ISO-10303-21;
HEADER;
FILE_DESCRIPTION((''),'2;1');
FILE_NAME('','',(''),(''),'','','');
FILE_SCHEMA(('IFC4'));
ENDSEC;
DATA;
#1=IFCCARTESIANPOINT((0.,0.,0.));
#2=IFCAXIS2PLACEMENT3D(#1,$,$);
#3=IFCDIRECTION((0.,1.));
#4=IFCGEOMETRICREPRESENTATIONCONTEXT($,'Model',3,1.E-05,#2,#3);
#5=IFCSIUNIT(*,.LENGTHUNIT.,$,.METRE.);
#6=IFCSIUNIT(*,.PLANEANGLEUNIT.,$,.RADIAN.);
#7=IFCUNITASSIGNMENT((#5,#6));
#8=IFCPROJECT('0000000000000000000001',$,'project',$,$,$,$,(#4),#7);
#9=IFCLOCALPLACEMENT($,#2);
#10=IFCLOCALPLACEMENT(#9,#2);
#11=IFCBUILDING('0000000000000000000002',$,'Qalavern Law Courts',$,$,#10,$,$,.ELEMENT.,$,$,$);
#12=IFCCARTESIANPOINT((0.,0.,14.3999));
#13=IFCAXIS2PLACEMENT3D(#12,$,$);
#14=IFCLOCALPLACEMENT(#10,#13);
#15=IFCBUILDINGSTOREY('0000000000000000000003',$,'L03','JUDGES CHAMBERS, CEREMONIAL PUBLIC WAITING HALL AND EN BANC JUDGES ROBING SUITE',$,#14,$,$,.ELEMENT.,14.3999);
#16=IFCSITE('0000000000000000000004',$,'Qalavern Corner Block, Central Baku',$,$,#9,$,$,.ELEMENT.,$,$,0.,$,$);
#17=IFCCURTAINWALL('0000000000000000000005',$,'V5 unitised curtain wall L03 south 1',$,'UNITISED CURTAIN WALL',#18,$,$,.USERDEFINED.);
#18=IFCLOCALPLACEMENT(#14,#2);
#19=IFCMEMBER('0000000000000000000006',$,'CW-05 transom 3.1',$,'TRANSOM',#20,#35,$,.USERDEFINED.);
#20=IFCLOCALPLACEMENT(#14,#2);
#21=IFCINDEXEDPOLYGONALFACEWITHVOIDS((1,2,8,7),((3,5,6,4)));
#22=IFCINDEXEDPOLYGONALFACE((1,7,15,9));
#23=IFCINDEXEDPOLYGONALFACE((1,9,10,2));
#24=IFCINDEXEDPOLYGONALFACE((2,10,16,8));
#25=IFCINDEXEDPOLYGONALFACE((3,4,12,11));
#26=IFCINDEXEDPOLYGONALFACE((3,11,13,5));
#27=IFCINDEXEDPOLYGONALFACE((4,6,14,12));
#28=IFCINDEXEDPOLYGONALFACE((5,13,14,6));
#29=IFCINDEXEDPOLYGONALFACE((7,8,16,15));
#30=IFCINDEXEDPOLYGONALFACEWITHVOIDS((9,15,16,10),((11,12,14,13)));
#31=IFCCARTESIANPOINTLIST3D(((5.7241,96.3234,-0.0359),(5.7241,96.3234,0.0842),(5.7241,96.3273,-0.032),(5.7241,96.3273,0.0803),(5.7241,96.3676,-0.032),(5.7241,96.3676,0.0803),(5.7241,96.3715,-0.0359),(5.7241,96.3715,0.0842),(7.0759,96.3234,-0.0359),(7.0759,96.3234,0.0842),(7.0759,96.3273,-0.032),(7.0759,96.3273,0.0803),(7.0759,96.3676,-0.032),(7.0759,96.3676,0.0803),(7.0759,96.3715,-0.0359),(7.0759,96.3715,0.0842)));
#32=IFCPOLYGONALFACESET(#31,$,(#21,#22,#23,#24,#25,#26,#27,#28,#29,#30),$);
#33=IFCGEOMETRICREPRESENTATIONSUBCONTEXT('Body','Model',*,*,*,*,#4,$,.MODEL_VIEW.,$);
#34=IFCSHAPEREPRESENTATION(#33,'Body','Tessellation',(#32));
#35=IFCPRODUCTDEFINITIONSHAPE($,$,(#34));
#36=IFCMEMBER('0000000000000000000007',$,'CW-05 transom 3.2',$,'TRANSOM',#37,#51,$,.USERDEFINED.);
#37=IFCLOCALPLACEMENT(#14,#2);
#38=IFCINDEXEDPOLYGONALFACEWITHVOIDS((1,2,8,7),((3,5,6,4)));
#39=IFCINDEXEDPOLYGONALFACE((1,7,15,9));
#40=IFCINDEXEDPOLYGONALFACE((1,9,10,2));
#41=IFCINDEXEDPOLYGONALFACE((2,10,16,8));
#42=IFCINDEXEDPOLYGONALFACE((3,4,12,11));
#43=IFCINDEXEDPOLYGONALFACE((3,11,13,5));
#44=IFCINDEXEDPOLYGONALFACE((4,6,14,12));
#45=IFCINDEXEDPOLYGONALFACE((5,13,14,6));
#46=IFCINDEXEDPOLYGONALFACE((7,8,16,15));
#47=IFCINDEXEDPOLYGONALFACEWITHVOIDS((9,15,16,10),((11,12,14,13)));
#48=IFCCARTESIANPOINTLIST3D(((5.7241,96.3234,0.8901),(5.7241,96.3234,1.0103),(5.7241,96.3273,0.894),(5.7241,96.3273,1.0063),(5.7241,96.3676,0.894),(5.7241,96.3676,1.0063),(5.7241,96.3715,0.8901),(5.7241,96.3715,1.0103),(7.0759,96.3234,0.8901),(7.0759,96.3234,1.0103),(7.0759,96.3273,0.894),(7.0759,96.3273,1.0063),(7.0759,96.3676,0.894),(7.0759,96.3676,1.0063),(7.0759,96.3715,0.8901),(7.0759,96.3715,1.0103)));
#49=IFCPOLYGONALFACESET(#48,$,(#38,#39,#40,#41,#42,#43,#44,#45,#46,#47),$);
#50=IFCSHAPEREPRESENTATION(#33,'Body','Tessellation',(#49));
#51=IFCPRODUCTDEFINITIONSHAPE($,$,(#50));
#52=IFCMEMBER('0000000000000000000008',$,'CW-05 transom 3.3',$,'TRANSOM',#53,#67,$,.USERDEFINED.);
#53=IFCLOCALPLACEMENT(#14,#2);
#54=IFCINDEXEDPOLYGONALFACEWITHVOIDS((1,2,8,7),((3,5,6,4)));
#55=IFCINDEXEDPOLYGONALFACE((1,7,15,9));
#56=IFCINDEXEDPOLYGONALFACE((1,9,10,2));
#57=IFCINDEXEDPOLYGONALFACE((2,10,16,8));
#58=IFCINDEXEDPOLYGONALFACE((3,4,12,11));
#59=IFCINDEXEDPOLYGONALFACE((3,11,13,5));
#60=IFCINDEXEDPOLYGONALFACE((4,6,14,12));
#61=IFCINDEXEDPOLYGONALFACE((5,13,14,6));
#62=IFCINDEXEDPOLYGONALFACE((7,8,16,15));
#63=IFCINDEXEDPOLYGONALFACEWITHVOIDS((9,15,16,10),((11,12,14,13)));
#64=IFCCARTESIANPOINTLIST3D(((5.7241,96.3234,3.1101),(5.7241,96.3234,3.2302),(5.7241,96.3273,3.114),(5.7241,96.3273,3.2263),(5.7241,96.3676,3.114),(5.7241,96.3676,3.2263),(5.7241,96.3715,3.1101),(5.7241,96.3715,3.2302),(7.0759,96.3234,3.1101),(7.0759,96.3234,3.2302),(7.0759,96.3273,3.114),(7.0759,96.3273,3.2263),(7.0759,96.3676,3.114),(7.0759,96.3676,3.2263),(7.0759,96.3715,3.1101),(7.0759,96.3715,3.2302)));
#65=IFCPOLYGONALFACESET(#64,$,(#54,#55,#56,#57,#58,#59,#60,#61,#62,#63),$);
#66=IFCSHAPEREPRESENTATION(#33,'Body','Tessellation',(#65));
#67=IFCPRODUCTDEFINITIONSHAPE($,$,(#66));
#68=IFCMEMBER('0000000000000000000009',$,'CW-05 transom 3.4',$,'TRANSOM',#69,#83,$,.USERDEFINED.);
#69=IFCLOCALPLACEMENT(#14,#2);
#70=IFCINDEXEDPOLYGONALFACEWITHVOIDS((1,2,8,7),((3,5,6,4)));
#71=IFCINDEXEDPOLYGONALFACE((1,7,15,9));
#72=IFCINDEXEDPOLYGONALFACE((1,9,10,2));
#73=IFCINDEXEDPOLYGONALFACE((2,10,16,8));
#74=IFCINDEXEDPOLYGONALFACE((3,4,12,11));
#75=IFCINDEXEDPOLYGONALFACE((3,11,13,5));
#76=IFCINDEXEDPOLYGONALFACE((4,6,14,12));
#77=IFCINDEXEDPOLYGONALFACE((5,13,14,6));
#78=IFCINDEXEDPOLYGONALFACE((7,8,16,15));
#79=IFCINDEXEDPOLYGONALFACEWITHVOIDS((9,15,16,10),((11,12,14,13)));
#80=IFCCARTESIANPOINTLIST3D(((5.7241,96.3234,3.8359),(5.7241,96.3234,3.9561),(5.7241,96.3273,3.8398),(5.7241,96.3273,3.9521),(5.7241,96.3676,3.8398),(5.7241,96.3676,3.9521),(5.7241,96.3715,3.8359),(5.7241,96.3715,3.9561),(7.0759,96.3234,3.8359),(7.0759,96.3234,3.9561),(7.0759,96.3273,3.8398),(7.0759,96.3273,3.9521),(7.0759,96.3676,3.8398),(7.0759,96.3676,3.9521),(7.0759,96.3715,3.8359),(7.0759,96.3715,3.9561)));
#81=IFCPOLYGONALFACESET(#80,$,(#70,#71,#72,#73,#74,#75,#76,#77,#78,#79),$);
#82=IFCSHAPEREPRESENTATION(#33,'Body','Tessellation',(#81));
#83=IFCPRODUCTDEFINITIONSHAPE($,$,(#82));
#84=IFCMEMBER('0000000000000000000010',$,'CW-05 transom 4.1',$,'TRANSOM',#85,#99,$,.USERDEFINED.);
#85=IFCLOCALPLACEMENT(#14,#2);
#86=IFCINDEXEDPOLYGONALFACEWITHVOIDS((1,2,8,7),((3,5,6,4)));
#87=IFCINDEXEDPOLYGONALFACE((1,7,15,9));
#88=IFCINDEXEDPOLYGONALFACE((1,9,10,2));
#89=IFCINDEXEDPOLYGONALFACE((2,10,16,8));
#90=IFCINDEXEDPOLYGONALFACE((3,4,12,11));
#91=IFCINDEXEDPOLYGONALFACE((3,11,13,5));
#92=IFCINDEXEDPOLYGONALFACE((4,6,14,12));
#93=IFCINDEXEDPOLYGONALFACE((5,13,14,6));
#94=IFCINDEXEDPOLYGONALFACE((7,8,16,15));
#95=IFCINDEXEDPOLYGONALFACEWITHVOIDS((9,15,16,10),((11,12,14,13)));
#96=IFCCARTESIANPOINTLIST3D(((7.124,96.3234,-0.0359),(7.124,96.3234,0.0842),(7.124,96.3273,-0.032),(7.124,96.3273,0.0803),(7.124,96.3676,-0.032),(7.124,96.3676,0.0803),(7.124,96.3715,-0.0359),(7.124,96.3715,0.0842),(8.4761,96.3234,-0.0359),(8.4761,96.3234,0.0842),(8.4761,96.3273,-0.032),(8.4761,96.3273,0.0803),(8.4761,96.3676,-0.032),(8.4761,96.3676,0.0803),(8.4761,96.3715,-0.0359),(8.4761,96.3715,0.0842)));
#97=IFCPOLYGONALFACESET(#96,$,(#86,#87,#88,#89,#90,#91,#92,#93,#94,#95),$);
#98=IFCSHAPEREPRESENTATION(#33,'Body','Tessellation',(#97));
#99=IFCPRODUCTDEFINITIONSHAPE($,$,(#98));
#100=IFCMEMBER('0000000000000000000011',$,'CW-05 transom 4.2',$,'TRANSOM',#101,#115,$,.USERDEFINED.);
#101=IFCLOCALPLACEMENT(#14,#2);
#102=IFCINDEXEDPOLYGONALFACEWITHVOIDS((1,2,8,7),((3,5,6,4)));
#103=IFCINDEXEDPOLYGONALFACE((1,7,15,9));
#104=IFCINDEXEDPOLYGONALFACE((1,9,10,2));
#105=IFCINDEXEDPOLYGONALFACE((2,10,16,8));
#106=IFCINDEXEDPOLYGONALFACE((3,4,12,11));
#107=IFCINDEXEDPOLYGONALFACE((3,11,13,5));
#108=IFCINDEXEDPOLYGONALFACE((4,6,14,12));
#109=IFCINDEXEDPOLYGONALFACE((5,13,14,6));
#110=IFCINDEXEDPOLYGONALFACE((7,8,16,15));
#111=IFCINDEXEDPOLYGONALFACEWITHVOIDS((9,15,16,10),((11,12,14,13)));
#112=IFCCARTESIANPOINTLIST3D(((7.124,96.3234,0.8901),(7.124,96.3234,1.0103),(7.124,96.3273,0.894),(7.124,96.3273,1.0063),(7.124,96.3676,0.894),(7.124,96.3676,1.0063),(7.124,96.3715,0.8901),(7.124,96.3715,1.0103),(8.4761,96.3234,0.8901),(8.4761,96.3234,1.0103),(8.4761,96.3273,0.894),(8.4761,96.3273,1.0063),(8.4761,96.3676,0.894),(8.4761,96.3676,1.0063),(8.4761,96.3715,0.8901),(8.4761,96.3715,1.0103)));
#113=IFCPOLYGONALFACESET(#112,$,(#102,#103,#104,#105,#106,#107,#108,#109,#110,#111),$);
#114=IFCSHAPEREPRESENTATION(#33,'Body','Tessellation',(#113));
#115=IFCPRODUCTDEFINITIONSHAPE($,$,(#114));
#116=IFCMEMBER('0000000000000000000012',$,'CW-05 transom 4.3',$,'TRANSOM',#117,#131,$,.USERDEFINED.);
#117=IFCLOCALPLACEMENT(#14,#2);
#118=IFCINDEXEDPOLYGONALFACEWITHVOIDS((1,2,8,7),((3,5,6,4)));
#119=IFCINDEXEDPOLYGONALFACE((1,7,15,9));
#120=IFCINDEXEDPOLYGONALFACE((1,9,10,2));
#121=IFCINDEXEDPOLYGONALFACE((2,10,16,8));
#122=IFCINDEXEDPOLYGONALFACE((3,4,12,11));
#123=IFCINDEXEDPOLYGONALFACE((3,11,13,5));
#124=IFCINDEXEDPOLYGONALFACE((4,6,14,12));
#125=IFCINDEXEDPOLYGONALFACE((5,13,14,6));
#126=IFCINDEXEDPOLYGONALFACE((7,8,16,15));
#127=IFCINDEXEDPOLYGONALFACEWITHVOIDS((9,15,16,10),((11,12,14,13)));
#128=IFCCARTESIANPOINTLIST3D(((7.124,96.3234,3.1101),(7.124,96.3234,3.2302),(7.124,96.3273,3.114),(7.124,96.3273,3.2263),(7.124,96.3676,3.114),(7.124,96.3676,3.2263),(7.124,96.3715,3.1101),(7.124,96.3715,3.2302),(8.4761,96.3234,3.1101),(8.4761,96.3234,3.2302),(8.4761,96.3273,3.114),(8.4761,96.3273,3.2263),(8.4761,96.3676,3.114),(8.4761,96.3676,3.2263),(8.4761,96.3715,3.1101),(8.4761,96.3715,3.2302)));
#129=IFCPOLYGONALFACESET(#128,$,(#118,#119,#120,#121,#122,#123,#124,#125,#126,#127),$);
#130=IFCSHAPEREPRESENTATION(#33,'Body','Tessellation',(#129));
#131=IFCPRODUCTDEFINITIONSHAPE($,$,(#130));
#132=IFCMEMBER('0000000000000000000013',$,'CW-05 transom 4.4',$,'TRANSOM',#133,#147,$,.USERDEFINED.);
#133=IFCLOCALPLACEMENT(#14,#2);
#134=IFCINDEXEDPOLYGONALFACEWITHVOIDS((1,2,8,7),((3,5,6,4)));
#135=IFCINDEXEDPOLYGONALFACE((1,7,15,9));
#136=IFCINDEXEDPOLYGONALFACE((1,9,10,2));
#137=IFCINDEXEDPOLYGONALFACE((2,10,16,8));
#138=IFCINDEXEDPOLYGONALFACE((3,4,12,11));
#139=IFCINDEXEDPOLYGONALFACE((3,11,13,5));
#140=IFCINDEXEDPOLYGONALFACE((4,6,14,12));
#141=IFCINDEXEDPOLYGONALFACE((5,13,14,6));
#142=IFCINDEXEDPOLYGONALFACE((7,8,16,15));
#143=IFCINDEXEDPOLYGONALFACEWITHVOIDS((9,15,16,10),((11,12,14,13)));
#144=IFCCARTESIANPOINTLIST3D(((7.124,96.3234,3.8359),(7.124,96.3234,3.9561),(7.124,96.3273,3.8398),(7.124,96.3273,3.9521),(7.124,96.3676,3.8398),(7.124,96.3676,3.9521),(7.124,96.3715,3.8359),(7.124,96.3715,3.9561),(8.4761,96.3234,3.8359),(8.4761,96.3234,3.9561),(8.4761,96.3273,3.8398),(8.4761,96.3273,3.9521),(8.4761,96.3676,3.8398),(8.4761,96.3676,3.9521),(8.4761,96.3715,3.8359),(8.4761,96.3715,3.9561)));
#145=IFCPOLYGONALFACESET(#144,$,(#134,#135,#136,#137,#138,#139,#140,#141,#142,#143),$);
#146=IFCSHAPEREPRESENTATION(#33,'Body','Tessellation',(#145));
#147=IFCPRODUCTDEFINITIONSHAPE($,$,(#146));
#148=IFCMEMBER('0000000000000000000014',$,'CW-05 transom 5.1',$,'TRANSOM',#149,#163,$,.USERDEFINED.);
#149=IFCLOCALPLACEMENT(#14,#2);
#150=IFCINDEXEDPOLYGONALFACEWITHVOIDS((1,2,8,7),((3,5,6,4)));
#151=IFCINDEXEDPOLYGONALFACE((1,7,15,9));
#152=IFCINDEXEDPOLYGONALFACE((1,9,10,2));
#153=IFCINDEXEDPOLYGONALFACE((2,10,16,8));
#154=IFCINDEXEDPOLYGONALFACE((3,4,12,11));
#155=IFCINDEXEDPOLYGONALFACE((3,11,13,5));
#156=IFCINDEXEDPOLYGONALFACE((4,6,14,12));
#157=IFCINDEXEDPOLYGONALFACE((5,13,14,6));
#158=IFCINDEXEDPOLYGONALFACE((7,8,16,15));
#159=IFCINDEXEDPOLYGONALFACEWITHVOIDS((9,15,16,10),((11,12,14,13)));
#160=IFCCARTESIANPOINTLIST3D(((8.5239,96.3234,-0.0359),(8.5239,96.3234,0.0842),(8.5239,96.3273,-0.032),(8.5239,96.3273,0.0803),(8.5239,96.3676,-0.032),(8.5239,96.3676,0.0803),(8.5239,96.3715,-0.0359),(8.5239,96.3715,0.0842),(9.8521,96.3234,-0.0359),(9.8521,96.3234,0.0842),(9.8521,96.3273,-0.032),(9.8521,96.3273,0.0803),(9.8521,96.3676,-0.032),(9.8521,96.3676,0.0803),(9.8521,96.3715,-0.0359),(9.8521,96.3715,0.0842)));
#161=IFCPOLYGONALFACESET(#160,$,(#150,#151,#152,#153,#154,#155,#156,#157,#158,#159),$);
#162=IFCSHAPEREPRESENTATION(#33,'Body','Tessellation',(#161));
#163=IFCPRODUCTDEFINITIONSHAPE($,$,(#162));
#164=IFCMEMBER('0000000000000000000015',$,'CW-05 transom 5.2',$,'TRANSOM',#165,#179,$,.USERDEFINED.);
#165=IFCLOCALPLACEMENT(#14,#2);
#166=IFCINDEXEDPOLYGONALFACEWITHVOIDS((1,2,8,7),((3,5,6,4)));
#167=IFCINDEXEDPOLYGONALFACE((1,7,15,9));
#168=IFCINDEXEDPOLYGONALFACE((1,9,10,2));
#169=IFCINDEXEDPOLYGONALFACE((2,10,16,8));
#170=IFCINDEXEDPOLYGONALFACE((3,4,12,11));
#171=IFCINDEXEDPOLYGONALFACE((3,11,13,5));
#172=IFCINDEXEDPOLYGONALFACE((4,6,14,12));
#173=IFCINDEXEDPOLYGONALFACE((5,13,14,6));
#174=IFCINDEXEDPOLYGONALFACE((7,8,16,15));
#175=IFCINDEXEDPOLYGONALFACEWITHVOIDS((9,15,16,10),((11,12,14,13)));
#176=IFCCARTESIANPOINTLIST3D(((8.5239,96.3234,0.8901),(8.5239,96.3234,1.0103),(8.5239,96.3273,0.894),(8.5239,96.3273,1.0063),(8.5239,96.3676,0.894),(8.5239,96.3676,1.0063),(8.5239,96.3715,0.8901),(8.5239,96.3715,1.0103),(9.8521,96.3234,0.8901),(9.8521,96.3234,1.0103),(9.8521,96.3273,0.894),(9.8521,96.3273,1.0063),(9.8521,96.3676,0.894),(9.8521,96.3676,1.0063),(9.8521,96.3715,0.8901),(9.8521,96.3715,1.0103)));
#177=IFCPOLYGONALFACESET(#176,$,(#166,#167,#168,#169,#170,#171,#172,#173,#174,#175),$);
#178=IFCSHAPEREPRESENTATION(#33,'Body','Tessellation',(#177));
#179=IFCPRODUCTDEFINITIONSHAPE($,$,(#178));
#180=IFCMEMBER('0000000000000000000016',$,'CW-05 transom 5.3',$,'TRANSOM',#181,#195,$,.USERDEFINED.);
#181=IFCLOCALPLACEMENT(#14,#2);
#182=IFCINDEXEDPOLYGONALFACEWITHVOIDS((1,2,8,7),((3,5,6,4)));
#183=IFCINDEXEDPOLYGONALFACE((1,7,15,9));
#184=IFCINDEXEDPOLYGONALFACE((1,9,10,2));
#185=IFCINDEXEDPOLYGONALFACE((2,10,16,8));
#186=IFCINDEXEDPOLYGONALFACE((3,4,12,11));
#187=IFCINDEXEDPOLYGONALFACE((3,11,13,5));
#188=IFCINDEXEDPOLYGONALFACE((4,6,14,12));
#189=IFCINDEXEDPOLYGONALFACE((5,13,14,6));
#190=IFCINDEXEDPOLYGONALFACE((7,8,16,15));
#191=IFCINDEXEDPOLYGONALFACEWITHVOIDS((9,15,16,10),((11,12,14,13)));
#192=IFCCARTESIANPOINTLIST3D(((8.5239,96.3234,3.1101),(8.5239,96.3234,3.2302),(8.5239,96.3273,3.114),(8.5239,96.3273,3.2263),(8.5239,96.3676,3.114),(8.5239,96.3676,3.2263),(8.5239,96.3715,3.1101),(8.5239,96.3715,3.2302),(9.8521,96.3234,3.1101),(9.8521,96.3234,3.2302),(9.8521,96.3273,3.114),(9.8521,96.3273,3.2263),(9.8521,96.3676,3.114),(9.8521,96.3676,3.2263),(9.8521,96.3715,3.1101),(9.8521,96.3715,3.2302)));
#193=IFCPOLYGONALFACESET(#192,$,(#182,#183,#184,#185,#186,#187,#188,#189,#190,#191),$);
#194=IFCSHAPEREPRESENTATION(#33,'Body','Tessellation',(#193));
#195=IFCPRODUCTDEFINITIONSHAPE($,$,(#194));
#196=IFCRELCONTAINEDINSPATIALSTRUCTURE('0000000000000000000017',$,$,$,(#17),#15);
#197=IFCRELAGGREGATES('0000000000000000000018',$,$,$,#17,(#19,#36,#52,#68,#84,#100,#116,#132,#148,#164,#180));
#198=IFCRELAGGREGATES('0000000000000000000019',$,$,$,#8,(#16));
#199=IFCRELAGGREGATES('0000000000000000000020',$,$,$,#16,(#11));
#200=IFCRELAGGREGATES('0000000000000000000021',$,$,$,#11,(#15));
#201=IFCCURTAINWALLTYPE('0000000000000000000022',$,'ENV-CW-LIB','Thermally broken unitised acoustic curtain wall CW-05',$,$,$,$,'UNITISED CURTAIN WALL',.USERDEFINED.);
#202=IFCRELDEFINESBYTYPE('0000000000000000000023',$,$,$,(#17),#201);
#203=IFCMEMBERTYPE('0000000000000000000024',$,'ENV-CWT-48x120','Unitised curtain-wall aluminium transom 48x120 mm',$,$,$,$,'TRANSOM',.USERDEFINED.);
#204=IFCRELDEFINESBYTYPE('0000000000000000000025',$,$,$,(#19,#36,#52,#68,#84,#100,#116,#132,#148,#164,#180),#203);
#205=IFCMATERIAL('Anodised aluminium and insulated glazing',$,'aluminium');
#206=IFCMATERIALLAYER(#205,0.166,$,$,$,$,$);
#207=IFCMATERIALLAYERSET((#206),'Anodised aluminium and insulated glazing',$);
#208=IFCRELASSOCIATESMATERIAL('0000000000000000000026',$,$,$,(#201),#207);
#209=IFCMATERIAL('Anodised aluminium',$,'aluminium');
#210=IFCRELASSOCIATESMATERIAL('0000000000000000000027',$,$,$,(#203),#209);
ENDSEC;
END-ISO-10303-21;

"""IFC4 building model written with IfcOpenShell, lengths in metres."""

from ifc_helpers import new_model, si_unit, direction, frame, origin, origin_2d, place, context, subcontext, project, spatial, hollow_rectangle, extrude, material, layer, layer_set, material_profile, profile_set, type_object, element, aggregate, save


model = new_model("IFC4")

# Units and contexts
model_context = context("Model", 3, precision=1e-05, world=origin(), true_north=direction((0.0, 1.0)))
body_context = subcontext(model_context, "Body", "Model", "MODEL_VIEW")
ifc_project = project(units=[si_unit("LENGTHUNIT", "METRE"), si_unit("PLANEANGLEUNIT", "RADIAN")], contexts=[model_context])

# Site, building, storey
site_placement = place(None, origin())
site = spatial("IfcSite", under=ifc_project, at=site_placement, Name="Qalavern Corner Block, Central Baku", CompositionType="ELEMENT", RefElevation=0.0)
building_placement = place(site_placement, origin())
building = spatial("IfcBuilding", under=site, at=building_placement, Name="Qalavern Law Courts", CompositionType="ELEMENT")
storey_placement = place(building_placement, frame((0.0, 0.0, 14.3999)))
storey = spatial("IfcBuildingStorey", under=building, at=storey_placement, Name="L03", Description="JUDGES CHAMBERS, CEREMONIAL PUBLIC WAITING HALL AND EN BANC JUDGES ROBING SUITE", CompositionType="ELEMENT", Elevation=14.3999)

# Curtain wall, members
ifc_material_1 = material(Name="Anodised aluminium and insulated glazing", Category="aluminium")
ifc_layer_1 = layer(ifc_material_1, 0.166)
ifc_layer_set_1 = layer_set([ifc_layer_1], Name="Anodised aluminium and insulated glazing")
curtain_wall_type = type_object("IfcCurtainWallType", Name="ENV-CW-LIB", Description="Thermally broken unitised acoustic curtain wall CW-05", ElementType="UNITISED CURTAIN WALL", PredefinedType="USERDEFINED", material=ifc_layer_set_1)
curtain_wall_placement = place(storey_placement, origin())
curtain_wall = element("IfcCurtainWall", 1, at=curtain_wall_placement, inside=storey, type_object=curtain_wall_type, Name="V5 unitised curtain wall L03 south 1", ObjectType="UNITISED CURTAIN WALL", PredefinedType="USERDEFINED")
ifc_material_2 = material(Name="Anodised aluminium", Category="aluminium")
ifc_material_profile_1 = material_profile(ifc_material_2, hollow_rectangle(XDim=0.0481, YDim=0.1201, WallThickness=0.0039, at=origin_2d()), Name="ALU TRANSOM 48x120")
ifc_profile_set_1 = profile_set([ifc_material_profile_1], Name="Anodised aluminium")
member_type_1 = type_object("IfcMemberType", Name="ENV-CWT-48x120", Description="Unitised curtain-wall aluminium transom 48x120 mm", ElementType="TRANSOM", PredefinedType="USERDEFINED", material=ifc_profile_set_1)
member_1_placement = place(storey_placement, frame((5.7241, 96.3474, 0.0242), z_axis=(1.0, 0.0, 0.0), x_axis=(0.0, 1.0, 0.0)))
member_1 = element("IfcMember", 2, at=member_1_placement, type_object=member_type_1, Name="CW-05 transom 3.1", ObjectType="TRANSOM", PredefinedType="USERDEFINED", context=body_context, shape_type="SweptSolid", body=[
    extrude(hollow_rectangle(XDim=0.0481, YDim=0.1201, WallThickness=0.0039, at=origin_2d()), origin(), (0.0, 0.0, 1.0), 1.3518),
])
member_2_placement = place(storey_placement, frame((5.7241, 96.3474, 0.9502), z_axis=(1.0, 0.0, 0.0), x_axis=(0.0, 1.0, 0.0)))
member_2 = element("IfcMember", 3, at=member_2_placement, type_object=member_type_1, Name="CW-05 transom 3.2", ObjectType="TRANSOM", PredefinedType="USERDEFINED", context=body_context, shape_type="SweptSolid", body=[
    extrude(hollow_rectangle(XDim=0.0481, YDim=0.1201, WallThickness=0.0039, at=origin_2d()), origin(), (0.0, 0.0, 1.0), 1.3518),
])
member_3_placement = place(storey_placement, frame((5.7241, 96.3474, 3.1702), z_axis=(1.0, 0.0, 0.0), x_axis=(0.0, 1.0, 0.0)))
member_3 = element("IfcMember", 4, at=member_3_placement, type_object=member_type_1, Name="CW-05 transom 3.3", ObjectType="TRANSOM", PredefinedType="USERDEFINED", context=body_context, shape_type="SweptSolid", body=[
    extrude(hollow_rectangle(XDim=0.0481, YDim=0.1201, WallThickness=0.0039, at=origin_2d()), origin(), (0.0, 0.0, 1.0), 1.3518),
])
member_4_placement = place(storey_placement, frame((5.7241, 96.3474, 3.896), z_axis=(1.0, 0.0, 0.0), x_axis=(0.0, 1.0, 0.0)))
member_4 = element("IfcMember", 5, at=member_4_placement, type_object=member_type_1, Name="CW-05 transom 3.4", ObjectType="TRANSOM", PredefinedType="USERDEFINED", context=body_context, shape_type="SweptSolid", body=[
    extrude(hollow_rectangle(XDim=0.0481, YDim=0.1201, WallThickness=0.0039, at=origin_2d()), origin(), (0.0, 0.0, 1.0), 1.3518),
])
member_5_placement = place(storey_placement, frame((7.124, 96.3474, 0.0242), z_axis=(1.0, 0.0, 0.0), x_axis=(0.0, 1.0, 0.0)))
member_5 = element("IfcMember", 6, at=member_5_placement, type_object=member_type_1, Name="CW-05 transom 4.1", ObjectType="TRANSOM", PredefinedType="USERDEFINED", context=body_context, shape_type="SweptSolid", body=[
    extrude(hollow_rectangle(XDim=0.0481, YDim=0.1201, WallThickness=0.0039, at=origin_2d()), origin(), (0.0, 0.0, 1.0), 1.3521),
])
member_6_placement = place(storey_placement, frame((7.124, 96.3474, 0.9502), z_axis=(1.0, 0.0, 0.0), x_axis=(0.0, 1.0, 0.0)))
member_6 = element("IfcMember", 7, at=member_6_placement, type_object=member_type_1, Name="CW-05 transom 4.2", ObjectType="TRANSOM", PredefinedType="USERDEFINED", context=body_context, shape_type="SweptSolid", body=[
    extrude(hollow_rectangle(XDim=0.0481, YDim=0.1201, WallThickness=0.0039, at=origin_2d()), origin(), (0.0, 0.0, 1.0), 1.3521),
])
member_7_placement = place(storey_placement, frame((7.124, 96.3474, 3.1702), z_axis=(1.0, 0.0, 0.0), x_axis=(0.0, 1.0, 0.0)))
member_7 = element("IfcMember", 8, at=member_7_placement, type_object=member_type_1, Name="CW-05 transom 4.3", ObjectType="TRANSOM", PredefinedType="USERDEFINED", context=body_context, shape_type="SweptSolid", body=[
    extrude(hollow_rectangle(XDim=0.0481, YDim=0.1201, WallThickness=0.0039, at=origin_2d()), origin(), (0.0, 0.0, 1.0), 1.3521),
])
member_8_placement = place(storey_placement, frame((7.124, 96.3474, 3.896), z_axis=(1.0, 0.0, 0.0), x_axis=(0.0, 1.0, 0.0)))
member_8 = element("IfcMember", 9, at=member_8_placement, type_object=member_type_1, Name="CW-05 transom 4.4", ObjectType="TRANSOM", PredefinedType="USERDEFINED", context=body_context, shape_type="SweptSolid", body=[
    extrude(hollow_rectangle(XDim=0.0481, YDim=0.1201, WallThickness=0.0039, at=origin_2d()), origin(), (0.0, 0.0, 1.0), 1.3521),
])
member_9_placement = place(storey_placement, frame((8.5239, 96.3474, 0.0242), z_axis=(1.0, 0.0, 0.0), x_axis=(0.0, 1.0, 0.0)))
member_9 = element("IfcMember", 10, at=member_9_placement, type_object=member_type_1, Name="CW-05 transom 5.1", ObjectType="TRANSOM", PredefinedType="USERDEFINED", context=body_context, shape_type="SweptSolid", body=[
    extrude(hollow_rectangle(XDim=0.0481, YDim=0.1201, WallThickness=0.0039, at=origin_2d()), origin(), (0.0, 0.0, 1.0), 1.3281),
])
member_10_placement = place(storey_placement, frame((8.5239, 96.3474, 0.9502), z_axis=(1.0, 0.0, 0.0), x_axis=(0.0, 1.0, 0.0)))
member_10 = element("IfcMember", 11, at=member_10_placement, type_object=member_type_1, Name="CW-05 transom 5.2", ObjectType="TRANSOM", PredefinedType="USERDEFINED", context=body_context, shape_type="SweptSolid", body=[
    extrude(hollow_rectangle(XDim=0.0481, YDim=0.1201, WallThickness=0.0039, at=origin_2d()), origin(), (0.0, 0.0, 1.0), 1.3281),
])
member_11_placement = place(storey_placement, frame((8.5239, 96.3474, 3.1702), z_axis=(1.0, 0.0, 0.0), x_axis=(0.0, 1.0, 0.0)))
member_11 = element("IfcMember", 12, at=member_11_placement, type_object=member_type_1, Name="CW-05 transom 5.3", ObjectType="TRANSOM", PredefinedType="USERDEFINED", context=body_context, shape_type="SweptSolid", body=[
    extrude(hollow_rectangle(XDim=0.0481, YDim=0.1201, WallThickness=0.0039, at=origin_2d()), origin(), (0.0, 0.0, 1.0), 1.3281),
])
aggregate(curtain_wall, [member_1, member_2, member_3, member_4, member_5, member_6, member_7, member_8, member_9, member_10, member_11])

save(model, "model.ifc")
